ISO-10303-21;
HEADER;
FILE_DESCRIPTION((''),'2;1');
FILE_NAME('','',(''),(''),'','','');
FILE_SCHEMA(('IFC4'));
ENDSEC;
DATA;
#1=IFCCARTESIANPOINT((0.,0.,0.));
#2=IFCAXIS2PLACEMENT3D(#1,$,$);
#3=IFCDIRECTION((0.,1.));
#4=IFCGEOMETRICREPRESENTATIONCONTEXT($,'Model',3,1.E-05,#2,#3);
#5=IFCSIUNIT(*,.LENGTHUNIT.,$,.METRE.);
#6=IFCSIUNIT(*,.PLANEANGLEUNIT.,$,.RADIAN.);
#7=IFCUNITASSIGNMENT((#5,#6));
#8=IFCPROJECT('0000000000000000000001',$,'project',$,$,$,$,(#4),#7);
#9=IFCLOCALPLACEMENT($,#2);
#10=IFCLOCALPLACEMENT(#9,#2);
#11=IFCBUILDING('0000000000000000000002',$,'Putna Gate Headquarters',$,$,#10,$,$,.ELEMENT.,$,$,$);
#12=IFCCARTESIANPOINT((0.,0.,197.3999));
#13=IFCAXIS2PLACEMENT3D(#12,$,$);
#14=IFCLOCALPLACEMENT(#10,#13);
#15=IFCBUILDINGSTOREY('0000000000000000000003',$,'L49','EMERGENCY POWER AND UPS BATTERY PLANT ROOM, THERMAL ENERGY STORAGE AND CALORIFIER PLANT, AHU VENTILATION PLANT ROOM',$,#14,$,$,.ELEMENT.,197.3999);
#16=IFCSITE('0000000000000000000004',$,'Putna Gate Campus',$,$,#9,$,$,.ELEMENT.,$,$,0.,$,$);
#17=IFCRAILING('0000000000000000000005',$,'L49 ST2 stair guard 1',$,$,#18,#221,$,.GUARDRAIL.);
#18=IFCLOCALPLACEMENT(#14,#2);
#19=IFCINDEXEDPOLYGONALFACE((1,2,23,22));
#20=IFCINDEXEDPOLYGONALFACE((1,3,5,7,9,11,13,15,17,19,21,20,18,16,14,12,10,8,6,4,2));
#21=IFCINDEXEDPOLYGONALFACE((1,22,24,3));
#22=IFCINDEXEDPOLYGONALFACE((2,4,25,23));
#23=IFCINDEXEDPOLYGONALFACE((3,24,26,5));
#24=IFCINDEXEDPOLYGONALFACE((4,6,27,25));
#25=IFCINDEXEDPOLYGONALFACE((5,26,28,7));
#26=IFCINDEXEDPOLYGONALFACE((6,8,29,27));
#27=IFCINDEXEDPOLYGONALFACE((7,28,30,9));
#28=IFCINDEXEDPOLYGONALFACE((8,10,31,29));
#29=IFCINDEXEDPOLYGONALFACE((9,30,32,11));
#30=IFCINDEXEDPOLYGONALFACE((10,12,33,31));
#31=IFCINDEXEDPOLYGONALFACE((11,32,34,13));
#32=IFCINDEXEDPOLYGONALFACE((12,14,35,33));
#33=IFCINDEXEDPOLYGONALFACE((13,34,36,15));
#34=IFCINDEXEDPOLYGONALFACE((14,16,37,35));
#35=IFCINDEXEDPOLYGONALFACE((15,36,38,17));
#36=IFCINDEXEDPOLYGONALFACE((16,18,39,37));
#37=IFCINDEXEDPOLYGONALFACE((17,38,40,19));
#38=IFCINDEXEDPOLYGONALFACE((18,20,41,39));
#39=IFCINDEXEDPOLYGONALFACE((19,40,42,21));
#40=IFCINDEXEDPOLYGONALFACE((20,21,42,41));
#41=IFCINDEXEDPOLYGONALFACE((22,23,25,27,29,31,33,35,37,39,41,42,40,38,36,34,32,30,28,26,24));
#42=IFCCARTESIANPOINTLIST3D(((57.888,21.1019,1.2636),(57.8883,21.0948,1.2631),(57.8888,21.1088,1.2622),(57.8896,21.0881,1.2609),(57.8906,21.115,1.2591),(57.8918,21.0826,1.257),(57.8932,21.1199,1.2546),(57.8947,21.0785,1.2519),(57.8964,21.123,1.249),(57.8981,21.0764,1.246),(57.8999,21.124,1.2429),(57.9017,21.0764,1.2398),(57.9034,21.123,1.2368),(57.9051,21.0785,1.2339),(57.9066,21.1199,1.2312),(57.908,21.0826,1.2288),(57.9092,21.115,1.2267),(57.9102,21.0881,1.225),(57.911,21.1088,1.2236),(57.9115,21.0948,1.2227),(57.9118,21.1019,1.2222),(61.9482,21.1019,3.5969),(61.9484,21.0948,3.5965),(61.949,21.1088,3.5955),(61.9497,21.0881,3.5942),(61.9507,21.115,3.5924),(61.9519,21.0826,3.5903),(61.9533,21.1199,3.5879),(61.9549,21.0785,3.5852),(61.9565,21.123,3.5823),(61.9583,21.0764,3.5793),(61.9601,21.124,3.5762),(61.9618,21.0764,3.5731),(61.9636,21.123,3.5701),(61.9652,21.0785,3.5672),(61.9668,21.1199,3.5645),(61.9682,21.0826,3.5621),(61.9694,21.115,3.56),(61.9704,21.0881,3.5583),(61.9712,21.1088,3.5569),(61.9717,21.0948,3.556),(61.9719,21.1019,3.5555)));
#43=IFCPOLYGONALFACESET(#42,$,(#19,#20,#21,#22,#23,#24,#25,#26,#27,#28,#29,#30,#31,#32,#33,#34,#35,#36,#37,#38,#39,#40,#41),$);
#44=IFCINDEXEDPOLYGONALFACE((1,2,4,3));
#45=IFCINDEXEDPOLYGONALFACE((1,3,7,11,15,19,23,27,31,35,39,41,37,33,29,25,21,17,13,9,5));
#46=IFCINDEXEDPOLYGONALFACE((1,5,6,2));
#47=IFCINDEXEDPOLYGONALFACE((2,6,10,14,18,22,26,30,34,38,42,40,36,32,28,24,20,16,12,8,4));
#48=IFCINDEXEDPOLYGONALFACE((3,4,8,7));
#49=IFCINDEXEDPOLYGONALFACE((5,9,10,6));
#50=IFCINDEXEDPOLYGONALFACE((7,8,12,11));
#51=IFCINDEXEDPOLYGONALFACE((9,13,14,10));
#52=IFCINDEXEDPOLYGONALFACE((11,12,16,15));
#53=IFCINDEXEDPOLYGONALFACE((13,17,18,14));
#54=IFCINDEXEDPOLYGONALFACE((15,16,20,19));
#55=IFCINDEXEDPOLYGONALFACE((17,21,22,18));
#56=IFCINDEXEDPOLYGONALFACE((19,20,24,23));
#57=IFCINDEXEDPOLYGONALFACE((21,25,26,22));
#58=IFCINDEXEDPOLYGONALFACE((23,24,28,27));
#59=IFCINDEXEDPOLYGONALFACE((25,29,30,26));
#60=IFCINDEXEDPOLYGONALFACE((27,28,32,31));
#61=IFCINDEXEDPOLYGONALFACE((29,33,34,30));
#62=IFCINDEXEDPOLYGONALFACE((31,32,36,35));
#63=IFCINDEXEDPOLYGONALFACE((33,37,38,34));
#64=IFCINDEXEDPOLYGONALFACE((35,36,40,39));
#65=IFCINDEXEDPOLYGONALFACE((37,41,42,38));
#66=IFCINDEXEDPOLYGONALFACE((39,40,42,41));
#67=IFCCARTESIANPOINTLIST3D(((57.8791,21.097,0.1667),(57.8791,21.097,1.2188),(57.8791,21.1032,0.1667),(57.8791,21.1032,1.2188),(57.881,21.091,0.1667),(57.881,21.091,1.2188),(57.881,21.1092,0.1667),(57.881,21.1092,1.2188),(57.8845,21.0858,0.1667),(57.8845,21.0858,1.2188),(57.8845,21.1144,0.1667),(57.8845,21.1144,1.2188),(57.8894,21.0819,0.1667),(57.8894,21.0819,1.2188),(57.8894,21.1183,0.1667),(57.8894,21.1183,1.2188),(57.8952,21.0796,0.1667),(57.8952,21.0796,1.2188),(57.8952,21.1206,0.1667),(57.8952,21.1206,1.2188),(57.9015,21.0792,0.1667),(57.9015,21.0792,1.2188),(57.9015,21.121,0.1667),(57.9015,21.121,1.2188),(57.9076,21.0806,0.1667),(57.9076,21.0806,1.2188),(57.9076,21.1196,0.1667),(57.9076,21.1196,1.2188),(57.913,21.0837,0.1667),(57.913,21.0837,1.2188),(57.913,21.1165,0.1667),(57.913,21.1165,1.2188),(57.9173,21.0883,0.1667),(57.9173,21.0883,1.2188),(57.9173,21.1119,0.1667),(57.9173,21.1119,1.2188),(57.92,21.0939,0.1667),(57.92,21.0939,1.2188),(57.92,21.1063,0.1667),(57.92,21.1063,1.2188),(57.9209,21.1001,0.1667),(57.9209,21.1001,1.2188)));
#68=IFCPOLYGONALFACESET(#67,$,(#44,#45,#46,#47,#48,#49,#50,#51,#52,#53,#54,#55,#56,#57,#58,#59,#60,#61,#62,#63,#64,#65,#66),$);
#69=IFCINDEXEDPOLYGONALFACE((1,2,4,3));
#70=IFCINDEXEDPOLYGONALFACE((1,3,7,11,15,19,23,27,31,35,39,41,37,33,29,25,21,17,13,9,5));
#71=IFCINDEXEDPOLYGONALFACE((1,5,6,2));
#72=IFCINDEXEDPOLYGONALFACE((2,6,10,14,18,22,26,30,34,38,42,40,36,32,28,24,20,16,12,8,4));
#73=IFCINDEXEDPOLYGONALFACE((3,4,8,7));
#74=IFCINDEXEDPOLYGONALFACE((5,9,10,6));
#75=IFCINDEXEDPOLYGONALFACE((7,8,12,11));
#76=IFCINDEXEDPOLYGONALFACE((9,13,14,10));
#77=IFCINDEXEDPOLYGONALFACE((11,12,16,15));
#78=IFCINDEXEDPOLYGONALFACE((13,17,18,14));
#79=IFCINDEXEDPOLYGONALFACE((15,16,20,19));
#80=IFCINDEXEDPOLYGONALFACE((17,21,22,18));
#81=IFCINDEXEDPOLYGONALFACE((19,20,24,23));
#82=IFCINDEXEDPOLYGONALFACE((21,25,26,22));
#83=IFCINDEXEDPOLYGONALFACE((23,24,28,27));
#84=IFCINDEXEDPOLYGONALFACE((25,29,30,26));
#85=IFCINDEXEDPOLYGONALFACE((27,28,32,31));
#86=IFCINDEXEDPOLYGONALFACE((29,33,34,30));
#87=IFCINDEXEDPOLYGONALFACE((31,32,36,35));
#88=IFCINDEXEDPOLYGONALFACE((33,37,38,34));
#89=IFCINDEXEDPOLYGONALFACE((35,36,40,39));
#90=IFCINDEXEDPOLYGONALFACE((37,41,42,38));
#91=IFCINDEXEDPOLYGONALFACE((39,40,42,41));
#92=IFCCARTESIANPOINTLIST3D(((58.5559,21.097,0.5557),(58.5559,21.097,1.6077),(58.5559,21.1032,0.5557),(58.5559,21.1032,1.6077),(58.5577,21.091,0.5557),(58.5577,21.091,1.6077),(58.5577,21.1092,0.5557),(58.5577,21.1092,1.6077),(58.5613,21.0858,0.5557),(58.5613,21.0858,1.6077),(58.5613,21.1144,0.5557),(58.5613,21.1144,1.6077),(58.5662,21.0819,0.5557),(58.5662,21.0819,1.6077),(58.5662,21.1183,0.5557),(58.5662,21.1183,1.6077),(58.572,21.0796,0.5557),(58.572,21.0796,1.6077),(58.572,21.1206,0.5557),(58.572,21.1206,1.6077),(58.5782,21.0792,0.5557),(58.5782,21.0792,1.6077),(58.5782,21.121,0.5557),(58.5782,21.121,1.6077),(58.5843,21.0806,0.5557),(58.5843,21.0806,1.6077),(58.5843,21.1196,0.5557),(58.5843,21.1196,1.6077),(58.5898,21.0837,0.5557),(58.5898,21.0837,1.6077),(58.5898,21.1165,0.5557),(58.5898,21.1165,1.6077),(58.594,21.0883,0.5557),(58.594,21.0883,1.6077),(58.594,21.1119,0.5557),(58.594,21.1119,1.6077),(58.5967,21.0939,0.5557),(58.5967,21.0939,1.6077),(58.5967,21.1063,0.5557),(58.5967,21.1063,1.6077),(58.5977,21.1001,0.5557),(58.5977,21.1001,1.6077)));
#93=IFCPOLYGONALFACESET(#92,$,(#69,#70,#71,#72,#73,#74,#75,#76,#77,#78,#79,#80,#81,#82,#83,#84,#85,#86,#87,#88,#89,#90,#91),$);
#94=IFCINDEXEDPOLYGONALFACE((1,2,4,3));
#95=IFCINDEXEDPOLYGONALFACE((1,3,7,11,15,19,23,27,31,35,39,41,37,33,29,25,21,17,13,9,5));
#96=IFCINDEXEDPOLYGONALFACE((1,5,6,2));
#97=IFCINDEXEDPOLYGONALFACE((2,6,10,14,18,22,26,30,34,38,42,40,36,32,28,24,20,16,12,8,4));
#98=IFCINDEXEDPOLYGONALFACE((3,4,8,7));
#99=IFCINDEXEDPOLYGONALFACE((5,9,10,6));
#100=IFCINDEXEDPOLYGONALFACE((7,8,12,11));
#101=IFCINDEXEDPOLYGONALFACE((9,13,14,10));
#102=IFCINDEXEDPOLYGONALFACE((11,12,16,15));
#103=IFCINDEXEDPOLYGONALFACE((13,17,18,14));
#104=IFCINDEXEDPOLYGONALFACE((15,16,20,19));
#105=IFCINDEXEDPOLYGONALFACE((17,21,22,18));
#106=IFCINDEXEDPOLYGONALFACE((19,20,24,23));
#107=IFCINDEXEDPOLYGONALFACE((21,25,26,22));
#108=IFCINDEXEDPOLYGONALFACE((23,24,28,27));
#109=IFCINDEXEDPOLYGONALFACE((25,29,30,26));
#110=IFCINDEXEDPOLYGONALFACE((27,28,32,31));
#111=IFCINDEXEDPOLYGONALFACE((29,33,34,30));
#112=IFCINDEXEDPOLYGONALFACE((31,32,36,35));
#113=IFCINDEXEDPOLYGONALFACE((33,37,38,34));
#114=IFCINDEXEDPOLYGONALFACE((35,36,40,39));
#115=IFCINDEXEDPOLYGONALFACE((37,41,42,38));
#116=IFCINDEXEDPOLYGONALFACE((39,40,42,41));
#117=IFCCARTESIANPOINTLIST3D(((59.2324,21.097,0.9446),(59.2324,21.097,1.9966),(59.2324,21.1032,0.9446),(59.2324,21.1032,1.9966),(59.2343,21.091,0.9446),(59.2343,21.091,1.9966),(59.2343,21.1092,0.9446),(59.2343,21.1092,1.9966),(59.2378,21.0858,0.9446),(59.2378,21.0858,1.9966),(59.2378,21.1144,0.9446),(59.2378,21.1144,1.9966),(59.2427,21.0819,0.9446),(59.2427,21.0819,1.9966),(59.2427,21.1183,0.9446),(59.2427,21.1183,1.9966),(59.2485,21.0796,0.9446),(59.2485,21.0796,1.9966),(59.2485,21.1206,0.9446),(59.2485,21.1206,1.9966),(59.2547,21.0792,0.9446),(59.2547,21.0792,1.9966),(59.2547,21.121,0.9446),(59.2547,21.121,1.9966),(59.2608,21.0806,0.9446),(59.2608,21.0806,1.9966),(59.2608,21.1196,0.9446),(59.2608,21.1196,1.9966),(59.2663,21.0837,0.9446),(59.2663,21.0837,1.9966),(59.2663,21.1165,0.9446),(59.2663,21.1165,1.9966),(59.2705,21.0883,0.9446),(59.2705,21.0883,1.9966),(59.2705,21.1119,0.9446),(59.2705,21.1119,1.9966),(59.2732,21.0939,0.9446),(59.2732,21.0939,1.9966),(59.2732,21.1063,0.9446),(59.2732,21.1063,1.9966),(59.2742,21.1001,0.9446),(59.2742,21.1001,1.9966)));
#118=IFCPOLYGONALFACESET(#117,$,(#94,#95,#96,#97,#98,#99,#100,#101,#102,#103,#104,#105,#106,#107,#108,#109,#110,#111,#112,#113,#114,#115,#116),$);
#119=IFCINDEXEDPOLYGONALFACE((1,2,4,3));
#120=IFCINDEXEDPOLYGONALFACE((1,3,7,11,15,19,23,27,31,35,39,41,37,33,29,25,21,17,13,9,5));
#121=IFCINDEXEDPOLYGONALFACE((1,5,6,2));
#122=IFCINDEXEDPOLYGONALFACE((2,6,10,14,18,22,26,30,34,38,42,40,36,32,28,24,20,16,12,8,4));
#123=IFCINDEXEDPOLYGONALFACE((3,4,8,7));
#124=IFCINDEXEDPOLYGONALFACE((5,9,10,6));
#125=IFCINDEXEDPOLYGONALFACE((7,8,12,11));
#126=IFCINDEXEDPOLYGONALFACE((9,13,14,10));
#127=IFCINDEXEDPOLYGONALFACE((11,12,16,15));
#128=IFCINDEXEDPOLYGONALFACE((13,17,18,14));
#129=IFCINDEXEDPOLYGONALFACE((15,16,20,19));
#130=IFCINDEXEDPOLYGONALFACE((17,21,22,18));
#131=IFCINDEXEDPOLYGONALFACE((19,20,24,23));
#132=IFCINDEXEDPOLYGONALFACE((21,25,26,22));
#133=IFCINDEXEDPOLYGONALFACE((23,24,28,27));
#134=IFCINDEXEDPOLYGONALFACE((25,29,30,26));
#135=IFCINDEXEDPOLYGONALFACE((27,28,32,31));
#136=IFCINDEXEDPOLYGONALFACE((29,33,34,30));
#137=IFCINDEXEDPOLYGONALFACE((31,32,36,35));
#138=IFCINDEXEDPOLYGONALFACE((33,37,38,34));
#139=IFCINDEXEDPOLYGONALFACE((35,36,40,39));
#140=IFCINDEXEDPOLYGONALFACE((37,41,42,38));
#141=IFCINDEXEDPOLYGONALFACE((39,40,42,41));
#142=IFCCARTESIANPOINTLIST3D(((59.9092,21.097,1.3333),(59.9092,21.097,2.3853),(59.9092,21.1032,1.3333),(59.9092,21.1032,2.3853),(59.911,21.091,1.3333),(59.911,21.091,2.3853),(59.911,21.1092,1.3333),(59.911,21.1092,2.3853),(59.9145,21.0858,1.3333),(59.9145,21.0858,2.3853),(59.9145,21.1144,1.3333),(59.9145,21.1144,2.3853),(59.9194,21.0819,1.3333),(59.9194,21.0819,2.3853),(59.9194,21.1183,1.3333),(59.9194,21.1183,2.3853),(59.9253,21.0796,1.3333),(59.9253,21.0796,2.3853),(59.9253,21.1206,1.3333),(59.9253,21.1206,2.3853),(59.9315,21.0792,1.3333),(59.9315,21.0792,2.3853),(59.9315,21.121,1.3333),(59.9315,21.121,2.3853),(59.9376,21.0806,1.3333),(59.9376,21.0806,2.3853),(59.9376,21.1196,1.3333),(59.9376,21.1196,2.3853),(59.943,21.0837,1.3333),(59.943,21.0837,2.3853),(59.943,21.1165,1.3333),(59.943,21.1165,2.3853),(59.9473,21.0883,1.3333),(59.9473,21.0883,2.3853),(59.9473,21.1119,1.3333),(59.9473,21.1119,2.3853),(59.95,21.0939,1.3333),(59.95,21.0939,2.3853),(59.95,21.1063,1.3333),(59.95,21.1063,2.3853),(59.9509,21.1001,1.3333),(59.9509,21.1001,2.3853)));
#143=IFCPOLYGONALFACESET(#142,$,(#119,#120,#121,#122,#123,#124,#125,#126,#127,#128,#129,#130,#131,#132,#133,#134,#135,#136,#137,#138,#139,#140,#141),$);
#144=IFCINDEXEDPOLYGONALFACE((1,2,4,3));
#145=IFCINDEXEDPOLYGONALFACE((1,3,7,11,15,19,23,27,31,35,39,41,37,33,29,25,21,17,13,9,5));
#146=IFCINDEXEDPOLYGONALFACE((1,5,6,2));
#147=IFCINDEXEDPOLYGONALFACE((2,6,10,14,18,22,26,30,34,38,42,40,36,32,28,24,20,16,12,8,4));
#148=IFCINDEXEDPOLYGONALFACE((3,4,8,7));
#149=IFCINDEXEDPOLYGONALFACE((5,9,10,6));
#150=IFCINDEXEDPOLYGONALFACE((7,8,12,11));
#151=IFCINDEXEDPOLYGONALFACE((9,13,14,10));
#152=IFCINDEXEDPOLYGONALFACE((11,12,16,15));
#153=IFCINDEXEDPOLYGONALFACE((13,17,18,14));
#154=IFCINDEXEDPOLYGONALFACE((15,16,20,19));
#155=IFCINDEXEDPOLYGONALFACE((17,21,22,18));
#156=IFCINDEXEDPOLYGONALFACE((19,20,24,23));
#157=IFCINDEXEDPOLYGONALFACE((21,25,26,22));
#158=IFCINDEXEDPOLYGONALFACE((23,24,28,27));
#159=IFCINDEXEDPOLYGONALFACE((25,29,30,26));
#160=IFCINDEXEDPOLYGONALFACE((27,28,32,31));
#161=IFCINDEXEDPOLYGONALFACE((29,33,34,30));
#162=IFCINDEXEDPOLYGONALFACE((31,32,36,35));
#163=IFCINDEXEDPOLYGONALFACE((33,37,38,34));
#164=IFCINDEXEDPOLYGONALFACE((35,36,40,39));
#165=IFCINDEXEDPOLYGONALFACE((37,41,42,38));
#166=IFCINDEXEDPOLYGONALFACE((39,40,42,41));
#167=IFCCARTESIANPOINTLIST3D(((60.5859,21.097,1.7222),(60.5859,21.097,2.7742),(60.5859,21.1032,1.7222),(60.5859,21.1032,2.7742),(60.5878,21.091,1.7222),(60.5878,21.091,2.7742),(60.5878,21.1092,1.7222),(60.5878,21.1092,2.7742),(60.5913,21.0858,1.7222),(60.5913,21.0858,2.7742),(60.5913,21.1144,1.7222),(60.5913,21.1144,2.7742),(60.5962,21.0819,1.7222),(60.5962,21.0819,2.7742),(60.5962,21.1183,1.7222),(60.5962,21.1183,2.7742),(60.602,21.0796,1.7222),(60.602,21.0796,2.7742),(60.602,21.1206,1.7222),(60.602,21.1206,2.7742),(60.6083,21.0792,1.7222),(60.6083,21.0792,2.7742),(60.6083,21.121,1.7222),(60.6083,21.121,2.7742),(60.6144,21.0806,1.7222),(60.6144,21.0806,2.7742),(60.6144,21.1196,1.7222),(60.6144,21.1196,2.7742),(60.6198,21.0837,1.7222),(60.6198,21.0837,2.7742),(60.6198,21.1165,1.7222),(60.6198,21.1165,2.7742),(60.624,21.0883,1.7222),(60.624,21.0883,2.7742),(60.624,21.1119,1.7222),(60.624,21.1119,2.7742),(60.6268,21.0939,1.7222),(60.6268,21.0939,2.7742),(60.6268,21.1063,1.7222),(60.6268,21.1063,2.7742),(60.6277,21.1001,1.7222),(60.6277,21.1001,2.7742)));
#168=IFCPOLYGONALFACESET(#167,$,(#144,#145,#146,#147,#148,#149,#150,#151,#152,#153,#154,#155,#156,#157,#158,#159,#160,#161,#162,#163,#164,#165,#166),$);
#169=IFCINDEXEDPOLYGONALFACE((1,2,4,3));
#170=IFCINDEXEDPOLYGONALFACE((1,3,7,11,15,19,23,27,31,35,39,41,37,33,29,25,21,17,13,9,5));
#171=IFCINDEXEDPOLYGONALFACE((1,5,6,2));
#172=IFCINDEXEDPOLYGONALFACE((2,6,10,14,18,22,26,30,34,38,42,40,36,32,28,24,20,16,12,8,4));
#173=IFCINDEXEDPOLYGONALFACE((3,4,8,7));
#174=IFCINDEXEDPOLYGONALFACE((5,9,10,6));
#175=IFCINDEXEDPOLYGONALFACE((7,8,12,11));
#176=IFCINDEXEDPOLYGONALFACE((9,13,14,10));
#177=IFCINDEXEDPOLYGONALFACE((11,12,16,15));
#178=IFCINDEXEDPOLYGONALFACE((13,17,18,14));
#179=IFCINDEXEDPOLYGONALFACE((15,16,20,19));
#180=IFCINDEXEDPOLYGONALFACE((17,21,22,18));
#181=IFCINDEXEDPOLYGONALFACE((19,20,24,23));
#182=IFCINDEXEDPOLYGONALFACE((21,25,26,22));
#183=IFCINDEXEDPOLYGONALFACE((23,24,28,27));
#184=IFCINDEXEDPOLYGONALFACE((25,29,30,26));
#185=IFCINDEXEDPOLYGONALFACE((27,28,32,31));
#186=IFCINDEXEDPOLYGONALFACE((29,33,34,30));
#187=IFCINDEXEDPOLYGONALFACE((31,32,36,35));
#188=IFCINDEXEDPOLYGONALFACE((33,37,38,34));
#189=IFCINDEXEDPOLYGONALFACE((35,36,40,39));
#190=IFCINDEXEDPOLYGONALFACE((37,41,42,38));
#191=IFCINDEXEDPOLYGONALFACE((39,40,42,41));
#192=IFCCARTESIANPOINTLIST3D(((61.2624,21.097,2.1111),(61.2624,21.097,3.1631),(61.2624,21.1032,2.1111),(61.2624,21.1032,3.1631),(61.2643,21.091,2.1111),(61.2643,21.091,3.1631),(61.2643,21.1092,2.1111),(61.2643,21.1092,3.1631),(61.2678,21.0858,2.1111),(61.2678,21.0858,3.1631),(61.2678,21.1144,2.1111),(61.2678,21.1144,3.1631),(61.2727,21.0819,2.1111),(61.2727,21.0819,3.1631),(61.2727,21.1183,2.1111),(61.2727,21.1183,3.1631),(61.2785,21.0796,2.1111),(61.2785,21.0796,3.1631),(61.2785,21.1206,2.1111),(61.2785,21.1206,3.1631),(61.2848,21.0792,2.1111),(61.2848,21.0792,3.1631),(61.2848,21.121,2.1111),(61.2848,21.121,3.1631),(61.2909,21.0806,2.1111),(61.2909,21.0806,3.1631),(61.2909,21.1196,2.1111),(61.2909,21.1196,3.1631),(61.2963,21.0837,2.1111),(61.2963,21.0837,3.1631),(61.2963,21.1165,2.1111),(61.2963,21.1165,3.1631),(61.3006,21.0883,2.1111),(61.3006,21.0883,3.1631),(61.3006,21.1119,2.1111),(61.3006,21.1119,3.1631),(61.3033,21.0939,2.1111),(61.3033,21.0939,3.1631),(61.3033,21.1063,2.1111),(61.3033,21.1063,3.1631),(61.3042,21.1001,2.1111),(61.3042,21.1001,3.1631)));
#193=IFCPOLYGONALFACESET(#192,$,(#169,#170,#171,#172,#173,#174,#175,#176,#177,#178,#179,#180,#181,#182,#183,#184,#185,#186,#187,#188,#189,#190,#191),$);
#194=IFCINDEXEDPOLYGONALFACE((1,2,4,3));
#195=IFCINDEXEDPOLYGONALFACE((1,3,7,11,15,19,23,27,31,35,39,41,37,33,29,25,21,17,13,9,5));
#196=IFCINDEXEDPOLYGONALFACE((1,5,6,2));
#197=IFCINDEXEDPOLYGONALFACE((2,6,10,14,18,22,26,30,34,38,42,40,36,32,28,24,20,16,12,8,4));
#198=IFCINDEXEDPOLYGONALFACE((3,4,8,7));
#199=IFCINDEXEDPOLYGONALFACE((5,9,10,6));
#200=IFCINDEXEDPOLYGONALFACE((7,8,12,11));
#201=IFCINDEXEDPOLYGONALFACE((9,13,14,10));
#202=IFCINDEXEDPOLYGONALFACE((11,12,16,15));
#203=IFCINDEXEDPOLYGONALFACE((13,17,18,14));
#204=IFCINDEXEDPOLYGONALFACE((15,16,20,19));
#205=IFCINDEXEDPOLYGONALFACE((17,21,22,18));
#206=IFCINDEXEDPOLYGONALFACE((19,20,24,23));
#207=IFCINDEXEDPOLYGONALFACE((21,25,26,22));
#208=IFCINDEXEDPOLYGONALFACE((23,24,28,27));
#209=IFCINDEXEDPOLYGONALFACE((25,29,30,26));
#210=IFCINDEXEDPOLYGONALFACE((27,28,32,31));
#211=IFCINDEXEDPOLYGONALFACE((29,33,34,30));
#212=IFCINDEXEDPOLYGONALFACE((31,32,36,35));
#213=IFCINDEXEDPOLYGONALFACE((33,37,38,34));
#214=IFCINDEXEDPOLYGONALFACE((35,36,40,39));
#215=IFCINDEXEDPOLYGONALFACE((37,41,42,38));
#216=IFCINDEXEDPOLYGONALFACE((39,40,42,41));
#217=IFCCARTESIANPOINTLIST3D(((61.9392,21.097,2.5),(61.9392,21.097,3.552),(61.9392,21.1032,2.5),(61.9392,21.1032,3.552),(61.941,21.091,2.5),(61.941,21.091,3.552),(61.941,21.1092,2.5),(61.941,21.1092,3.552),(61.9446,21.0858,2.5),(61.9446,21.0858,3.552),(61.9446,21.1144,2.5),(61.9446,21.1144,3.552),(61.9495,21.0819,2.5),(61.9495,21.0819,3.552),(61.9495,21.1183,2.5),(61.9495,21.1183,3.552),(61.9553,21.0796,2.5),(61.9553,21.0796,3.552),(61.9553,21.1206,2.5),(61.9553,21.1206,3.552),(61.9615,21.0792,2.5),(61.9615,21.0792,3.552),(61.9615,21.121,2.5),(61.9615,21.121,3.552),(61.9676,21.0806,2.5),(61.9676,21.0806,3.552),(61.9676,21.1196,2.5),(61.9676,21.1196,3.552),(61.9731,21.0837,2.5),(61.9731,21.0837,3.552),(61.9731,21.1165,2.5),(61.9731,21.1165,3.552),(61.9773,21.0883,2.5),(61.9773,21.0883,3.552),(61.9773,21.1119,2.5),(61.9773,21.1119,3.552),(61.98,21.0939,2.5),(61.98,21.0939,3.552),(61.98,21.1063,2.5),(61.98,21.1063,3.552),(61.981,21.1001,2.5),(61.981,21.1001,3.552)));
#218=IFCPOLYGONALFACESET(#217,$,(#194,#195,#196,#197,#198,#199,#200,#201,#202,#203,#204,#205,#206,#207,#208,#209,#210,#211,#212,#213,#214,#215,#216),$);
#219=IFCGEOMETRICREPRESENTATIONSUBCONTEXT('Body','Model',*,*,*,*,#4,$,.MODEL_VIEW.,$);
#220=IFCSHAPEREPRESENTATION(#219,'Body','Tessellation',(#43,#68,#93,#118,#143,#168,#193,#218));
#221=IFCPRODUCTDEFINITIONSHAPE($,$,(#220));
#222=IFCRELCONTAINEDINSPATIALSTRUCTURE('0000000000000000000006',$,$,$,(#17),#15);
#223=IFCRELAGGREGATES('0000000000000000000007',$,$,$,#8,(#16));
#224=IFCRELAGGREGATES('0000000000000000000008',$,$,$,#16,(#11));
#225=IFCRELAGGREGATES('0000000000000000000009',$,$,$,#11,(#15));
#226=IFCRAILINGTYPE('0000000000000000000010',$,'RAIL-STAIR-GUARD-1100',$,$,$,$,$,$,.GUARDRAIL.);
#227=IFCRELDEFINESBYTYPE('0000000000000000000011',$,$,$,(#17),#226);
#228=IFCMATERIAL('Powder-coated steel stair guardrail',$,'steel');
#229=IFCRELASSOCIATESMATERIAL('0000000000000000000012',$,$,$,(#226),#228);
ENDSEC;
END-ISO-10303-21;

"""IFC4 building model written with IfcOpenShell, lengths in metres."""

from ifc_helpers import new_model, si_unit, direction, frame, origin, origin_2d, place, context, subcontext, project, spatial, circle, extrude, material, type_object, element, save


model = new_model("IFC4")

# Units and contexts
model_context = context("Model", 3, precision=1e-05, world=origin(), true_north=direction((0.0, 1.0)))
body_context = subcontext(model_context, "Body", "Model", "MODEL_VIEW")
ifc_project = project(units=[si_unit("LENGTHUNIT", "METRE"), si_unit("PLANEANGLEUNIT", "RADIAN")], contexts=[model_context])

# Site, building, storey
site_placement = place(None, origin())
site = spatial("IfcSite", under=ifc_project, at=site_placement, Name="Putna Gate Campus", CompositionType="ELEMENT", RefElevation=0.0)
building_placement = place(site_placement, origin())
building = spatial("IfcBuilding", under=site, at=building_placement, Name="Putna Gate Headquarters", CompositionType="ELEMENT")
storey_placement = place(building_placement, frame((0.0, 0.0, 197.3999)))
storey = spatial("IfcBuildingStorey", under=building, at=storey_placement, Name="L49", Description="EMERGENCY POWER AND UPS BATTERY PLANT ROOM, THERMAL ENERGY STORAGE AND CALORIFIER PLANT, AHU VENTILATION PLANT ROOM", CompositionType="ELEMENT", Elevation=197.3999)

# Railing
ifc_material_1 = material(Name="Powder-coated steel stair guardrail", Category="steel")
railing_type_1 = type_object("IfcRailingType", Name="RAIL-STAIR-GUARD-1100", PredefinedType="GUARDRAIL", material=ifc_material_1)
railing_1_placement = place(storey_placement, frame((57.8999, 21.1001, 0.1667)))
element("IfcRailing", 1, at=railing_1_placement, inside=storey, type_object=railing_type_1, Name="L49 ST2 stair guard 1", PredefinedType="GUARDRAIL", context=body_context, shape_type="SweptSolid", body=[
    extrude(circle(Radius=0.0239, at=origin_2d()), frame((0.0, 0.0, 1.0762), z_axis=(0.867025, 0.0, 0.498265), x_axis=(0.0, 1.0, 0.0)), (0.0, 0.0, 1.0), 4.6829),
    extrude(circle(Radius=0.021, at=origin_2d()), origin(), (0.0, 0.0, 1.0), 1.052),
    extrude(circle(Radius=0.021, at=origin_2d()), frame((0.6768, 0.0, 0.3889)), (0.0, 0.0, 1.0), 1.052),
    extrude(circle(Radius=0.021, at=origin_2d()), frame((1.3533, 0.0, 0.7778)), (0.0, 0.0, 1.0), 1.052),
    extrude(circle(Radius=0.021, at=origin_2d()), frame((2.03, 0.0, 1.1665)), (0.0, 0.0, 1.0), 1.052),
    extrude(circle(Radius=0.021, at=origin_2d()), frame((2.7068, 0.0, 1.5554)), (0.0, 0.0, 1.0), 1.052),
    extrude(circle(Radius=0.021, at=origin_2d()), frame((3.3833, 0.0, 1.9443)), (0.0, 0.0, 1.0), 1.052),
    extrude(circle(Radius=0.021, at=origin_2d()), frame((4.0601, 0.0, 2.3333)), (0.0, 0.0, 1.0), 1.052),
])

save(model, "model.ifc")
